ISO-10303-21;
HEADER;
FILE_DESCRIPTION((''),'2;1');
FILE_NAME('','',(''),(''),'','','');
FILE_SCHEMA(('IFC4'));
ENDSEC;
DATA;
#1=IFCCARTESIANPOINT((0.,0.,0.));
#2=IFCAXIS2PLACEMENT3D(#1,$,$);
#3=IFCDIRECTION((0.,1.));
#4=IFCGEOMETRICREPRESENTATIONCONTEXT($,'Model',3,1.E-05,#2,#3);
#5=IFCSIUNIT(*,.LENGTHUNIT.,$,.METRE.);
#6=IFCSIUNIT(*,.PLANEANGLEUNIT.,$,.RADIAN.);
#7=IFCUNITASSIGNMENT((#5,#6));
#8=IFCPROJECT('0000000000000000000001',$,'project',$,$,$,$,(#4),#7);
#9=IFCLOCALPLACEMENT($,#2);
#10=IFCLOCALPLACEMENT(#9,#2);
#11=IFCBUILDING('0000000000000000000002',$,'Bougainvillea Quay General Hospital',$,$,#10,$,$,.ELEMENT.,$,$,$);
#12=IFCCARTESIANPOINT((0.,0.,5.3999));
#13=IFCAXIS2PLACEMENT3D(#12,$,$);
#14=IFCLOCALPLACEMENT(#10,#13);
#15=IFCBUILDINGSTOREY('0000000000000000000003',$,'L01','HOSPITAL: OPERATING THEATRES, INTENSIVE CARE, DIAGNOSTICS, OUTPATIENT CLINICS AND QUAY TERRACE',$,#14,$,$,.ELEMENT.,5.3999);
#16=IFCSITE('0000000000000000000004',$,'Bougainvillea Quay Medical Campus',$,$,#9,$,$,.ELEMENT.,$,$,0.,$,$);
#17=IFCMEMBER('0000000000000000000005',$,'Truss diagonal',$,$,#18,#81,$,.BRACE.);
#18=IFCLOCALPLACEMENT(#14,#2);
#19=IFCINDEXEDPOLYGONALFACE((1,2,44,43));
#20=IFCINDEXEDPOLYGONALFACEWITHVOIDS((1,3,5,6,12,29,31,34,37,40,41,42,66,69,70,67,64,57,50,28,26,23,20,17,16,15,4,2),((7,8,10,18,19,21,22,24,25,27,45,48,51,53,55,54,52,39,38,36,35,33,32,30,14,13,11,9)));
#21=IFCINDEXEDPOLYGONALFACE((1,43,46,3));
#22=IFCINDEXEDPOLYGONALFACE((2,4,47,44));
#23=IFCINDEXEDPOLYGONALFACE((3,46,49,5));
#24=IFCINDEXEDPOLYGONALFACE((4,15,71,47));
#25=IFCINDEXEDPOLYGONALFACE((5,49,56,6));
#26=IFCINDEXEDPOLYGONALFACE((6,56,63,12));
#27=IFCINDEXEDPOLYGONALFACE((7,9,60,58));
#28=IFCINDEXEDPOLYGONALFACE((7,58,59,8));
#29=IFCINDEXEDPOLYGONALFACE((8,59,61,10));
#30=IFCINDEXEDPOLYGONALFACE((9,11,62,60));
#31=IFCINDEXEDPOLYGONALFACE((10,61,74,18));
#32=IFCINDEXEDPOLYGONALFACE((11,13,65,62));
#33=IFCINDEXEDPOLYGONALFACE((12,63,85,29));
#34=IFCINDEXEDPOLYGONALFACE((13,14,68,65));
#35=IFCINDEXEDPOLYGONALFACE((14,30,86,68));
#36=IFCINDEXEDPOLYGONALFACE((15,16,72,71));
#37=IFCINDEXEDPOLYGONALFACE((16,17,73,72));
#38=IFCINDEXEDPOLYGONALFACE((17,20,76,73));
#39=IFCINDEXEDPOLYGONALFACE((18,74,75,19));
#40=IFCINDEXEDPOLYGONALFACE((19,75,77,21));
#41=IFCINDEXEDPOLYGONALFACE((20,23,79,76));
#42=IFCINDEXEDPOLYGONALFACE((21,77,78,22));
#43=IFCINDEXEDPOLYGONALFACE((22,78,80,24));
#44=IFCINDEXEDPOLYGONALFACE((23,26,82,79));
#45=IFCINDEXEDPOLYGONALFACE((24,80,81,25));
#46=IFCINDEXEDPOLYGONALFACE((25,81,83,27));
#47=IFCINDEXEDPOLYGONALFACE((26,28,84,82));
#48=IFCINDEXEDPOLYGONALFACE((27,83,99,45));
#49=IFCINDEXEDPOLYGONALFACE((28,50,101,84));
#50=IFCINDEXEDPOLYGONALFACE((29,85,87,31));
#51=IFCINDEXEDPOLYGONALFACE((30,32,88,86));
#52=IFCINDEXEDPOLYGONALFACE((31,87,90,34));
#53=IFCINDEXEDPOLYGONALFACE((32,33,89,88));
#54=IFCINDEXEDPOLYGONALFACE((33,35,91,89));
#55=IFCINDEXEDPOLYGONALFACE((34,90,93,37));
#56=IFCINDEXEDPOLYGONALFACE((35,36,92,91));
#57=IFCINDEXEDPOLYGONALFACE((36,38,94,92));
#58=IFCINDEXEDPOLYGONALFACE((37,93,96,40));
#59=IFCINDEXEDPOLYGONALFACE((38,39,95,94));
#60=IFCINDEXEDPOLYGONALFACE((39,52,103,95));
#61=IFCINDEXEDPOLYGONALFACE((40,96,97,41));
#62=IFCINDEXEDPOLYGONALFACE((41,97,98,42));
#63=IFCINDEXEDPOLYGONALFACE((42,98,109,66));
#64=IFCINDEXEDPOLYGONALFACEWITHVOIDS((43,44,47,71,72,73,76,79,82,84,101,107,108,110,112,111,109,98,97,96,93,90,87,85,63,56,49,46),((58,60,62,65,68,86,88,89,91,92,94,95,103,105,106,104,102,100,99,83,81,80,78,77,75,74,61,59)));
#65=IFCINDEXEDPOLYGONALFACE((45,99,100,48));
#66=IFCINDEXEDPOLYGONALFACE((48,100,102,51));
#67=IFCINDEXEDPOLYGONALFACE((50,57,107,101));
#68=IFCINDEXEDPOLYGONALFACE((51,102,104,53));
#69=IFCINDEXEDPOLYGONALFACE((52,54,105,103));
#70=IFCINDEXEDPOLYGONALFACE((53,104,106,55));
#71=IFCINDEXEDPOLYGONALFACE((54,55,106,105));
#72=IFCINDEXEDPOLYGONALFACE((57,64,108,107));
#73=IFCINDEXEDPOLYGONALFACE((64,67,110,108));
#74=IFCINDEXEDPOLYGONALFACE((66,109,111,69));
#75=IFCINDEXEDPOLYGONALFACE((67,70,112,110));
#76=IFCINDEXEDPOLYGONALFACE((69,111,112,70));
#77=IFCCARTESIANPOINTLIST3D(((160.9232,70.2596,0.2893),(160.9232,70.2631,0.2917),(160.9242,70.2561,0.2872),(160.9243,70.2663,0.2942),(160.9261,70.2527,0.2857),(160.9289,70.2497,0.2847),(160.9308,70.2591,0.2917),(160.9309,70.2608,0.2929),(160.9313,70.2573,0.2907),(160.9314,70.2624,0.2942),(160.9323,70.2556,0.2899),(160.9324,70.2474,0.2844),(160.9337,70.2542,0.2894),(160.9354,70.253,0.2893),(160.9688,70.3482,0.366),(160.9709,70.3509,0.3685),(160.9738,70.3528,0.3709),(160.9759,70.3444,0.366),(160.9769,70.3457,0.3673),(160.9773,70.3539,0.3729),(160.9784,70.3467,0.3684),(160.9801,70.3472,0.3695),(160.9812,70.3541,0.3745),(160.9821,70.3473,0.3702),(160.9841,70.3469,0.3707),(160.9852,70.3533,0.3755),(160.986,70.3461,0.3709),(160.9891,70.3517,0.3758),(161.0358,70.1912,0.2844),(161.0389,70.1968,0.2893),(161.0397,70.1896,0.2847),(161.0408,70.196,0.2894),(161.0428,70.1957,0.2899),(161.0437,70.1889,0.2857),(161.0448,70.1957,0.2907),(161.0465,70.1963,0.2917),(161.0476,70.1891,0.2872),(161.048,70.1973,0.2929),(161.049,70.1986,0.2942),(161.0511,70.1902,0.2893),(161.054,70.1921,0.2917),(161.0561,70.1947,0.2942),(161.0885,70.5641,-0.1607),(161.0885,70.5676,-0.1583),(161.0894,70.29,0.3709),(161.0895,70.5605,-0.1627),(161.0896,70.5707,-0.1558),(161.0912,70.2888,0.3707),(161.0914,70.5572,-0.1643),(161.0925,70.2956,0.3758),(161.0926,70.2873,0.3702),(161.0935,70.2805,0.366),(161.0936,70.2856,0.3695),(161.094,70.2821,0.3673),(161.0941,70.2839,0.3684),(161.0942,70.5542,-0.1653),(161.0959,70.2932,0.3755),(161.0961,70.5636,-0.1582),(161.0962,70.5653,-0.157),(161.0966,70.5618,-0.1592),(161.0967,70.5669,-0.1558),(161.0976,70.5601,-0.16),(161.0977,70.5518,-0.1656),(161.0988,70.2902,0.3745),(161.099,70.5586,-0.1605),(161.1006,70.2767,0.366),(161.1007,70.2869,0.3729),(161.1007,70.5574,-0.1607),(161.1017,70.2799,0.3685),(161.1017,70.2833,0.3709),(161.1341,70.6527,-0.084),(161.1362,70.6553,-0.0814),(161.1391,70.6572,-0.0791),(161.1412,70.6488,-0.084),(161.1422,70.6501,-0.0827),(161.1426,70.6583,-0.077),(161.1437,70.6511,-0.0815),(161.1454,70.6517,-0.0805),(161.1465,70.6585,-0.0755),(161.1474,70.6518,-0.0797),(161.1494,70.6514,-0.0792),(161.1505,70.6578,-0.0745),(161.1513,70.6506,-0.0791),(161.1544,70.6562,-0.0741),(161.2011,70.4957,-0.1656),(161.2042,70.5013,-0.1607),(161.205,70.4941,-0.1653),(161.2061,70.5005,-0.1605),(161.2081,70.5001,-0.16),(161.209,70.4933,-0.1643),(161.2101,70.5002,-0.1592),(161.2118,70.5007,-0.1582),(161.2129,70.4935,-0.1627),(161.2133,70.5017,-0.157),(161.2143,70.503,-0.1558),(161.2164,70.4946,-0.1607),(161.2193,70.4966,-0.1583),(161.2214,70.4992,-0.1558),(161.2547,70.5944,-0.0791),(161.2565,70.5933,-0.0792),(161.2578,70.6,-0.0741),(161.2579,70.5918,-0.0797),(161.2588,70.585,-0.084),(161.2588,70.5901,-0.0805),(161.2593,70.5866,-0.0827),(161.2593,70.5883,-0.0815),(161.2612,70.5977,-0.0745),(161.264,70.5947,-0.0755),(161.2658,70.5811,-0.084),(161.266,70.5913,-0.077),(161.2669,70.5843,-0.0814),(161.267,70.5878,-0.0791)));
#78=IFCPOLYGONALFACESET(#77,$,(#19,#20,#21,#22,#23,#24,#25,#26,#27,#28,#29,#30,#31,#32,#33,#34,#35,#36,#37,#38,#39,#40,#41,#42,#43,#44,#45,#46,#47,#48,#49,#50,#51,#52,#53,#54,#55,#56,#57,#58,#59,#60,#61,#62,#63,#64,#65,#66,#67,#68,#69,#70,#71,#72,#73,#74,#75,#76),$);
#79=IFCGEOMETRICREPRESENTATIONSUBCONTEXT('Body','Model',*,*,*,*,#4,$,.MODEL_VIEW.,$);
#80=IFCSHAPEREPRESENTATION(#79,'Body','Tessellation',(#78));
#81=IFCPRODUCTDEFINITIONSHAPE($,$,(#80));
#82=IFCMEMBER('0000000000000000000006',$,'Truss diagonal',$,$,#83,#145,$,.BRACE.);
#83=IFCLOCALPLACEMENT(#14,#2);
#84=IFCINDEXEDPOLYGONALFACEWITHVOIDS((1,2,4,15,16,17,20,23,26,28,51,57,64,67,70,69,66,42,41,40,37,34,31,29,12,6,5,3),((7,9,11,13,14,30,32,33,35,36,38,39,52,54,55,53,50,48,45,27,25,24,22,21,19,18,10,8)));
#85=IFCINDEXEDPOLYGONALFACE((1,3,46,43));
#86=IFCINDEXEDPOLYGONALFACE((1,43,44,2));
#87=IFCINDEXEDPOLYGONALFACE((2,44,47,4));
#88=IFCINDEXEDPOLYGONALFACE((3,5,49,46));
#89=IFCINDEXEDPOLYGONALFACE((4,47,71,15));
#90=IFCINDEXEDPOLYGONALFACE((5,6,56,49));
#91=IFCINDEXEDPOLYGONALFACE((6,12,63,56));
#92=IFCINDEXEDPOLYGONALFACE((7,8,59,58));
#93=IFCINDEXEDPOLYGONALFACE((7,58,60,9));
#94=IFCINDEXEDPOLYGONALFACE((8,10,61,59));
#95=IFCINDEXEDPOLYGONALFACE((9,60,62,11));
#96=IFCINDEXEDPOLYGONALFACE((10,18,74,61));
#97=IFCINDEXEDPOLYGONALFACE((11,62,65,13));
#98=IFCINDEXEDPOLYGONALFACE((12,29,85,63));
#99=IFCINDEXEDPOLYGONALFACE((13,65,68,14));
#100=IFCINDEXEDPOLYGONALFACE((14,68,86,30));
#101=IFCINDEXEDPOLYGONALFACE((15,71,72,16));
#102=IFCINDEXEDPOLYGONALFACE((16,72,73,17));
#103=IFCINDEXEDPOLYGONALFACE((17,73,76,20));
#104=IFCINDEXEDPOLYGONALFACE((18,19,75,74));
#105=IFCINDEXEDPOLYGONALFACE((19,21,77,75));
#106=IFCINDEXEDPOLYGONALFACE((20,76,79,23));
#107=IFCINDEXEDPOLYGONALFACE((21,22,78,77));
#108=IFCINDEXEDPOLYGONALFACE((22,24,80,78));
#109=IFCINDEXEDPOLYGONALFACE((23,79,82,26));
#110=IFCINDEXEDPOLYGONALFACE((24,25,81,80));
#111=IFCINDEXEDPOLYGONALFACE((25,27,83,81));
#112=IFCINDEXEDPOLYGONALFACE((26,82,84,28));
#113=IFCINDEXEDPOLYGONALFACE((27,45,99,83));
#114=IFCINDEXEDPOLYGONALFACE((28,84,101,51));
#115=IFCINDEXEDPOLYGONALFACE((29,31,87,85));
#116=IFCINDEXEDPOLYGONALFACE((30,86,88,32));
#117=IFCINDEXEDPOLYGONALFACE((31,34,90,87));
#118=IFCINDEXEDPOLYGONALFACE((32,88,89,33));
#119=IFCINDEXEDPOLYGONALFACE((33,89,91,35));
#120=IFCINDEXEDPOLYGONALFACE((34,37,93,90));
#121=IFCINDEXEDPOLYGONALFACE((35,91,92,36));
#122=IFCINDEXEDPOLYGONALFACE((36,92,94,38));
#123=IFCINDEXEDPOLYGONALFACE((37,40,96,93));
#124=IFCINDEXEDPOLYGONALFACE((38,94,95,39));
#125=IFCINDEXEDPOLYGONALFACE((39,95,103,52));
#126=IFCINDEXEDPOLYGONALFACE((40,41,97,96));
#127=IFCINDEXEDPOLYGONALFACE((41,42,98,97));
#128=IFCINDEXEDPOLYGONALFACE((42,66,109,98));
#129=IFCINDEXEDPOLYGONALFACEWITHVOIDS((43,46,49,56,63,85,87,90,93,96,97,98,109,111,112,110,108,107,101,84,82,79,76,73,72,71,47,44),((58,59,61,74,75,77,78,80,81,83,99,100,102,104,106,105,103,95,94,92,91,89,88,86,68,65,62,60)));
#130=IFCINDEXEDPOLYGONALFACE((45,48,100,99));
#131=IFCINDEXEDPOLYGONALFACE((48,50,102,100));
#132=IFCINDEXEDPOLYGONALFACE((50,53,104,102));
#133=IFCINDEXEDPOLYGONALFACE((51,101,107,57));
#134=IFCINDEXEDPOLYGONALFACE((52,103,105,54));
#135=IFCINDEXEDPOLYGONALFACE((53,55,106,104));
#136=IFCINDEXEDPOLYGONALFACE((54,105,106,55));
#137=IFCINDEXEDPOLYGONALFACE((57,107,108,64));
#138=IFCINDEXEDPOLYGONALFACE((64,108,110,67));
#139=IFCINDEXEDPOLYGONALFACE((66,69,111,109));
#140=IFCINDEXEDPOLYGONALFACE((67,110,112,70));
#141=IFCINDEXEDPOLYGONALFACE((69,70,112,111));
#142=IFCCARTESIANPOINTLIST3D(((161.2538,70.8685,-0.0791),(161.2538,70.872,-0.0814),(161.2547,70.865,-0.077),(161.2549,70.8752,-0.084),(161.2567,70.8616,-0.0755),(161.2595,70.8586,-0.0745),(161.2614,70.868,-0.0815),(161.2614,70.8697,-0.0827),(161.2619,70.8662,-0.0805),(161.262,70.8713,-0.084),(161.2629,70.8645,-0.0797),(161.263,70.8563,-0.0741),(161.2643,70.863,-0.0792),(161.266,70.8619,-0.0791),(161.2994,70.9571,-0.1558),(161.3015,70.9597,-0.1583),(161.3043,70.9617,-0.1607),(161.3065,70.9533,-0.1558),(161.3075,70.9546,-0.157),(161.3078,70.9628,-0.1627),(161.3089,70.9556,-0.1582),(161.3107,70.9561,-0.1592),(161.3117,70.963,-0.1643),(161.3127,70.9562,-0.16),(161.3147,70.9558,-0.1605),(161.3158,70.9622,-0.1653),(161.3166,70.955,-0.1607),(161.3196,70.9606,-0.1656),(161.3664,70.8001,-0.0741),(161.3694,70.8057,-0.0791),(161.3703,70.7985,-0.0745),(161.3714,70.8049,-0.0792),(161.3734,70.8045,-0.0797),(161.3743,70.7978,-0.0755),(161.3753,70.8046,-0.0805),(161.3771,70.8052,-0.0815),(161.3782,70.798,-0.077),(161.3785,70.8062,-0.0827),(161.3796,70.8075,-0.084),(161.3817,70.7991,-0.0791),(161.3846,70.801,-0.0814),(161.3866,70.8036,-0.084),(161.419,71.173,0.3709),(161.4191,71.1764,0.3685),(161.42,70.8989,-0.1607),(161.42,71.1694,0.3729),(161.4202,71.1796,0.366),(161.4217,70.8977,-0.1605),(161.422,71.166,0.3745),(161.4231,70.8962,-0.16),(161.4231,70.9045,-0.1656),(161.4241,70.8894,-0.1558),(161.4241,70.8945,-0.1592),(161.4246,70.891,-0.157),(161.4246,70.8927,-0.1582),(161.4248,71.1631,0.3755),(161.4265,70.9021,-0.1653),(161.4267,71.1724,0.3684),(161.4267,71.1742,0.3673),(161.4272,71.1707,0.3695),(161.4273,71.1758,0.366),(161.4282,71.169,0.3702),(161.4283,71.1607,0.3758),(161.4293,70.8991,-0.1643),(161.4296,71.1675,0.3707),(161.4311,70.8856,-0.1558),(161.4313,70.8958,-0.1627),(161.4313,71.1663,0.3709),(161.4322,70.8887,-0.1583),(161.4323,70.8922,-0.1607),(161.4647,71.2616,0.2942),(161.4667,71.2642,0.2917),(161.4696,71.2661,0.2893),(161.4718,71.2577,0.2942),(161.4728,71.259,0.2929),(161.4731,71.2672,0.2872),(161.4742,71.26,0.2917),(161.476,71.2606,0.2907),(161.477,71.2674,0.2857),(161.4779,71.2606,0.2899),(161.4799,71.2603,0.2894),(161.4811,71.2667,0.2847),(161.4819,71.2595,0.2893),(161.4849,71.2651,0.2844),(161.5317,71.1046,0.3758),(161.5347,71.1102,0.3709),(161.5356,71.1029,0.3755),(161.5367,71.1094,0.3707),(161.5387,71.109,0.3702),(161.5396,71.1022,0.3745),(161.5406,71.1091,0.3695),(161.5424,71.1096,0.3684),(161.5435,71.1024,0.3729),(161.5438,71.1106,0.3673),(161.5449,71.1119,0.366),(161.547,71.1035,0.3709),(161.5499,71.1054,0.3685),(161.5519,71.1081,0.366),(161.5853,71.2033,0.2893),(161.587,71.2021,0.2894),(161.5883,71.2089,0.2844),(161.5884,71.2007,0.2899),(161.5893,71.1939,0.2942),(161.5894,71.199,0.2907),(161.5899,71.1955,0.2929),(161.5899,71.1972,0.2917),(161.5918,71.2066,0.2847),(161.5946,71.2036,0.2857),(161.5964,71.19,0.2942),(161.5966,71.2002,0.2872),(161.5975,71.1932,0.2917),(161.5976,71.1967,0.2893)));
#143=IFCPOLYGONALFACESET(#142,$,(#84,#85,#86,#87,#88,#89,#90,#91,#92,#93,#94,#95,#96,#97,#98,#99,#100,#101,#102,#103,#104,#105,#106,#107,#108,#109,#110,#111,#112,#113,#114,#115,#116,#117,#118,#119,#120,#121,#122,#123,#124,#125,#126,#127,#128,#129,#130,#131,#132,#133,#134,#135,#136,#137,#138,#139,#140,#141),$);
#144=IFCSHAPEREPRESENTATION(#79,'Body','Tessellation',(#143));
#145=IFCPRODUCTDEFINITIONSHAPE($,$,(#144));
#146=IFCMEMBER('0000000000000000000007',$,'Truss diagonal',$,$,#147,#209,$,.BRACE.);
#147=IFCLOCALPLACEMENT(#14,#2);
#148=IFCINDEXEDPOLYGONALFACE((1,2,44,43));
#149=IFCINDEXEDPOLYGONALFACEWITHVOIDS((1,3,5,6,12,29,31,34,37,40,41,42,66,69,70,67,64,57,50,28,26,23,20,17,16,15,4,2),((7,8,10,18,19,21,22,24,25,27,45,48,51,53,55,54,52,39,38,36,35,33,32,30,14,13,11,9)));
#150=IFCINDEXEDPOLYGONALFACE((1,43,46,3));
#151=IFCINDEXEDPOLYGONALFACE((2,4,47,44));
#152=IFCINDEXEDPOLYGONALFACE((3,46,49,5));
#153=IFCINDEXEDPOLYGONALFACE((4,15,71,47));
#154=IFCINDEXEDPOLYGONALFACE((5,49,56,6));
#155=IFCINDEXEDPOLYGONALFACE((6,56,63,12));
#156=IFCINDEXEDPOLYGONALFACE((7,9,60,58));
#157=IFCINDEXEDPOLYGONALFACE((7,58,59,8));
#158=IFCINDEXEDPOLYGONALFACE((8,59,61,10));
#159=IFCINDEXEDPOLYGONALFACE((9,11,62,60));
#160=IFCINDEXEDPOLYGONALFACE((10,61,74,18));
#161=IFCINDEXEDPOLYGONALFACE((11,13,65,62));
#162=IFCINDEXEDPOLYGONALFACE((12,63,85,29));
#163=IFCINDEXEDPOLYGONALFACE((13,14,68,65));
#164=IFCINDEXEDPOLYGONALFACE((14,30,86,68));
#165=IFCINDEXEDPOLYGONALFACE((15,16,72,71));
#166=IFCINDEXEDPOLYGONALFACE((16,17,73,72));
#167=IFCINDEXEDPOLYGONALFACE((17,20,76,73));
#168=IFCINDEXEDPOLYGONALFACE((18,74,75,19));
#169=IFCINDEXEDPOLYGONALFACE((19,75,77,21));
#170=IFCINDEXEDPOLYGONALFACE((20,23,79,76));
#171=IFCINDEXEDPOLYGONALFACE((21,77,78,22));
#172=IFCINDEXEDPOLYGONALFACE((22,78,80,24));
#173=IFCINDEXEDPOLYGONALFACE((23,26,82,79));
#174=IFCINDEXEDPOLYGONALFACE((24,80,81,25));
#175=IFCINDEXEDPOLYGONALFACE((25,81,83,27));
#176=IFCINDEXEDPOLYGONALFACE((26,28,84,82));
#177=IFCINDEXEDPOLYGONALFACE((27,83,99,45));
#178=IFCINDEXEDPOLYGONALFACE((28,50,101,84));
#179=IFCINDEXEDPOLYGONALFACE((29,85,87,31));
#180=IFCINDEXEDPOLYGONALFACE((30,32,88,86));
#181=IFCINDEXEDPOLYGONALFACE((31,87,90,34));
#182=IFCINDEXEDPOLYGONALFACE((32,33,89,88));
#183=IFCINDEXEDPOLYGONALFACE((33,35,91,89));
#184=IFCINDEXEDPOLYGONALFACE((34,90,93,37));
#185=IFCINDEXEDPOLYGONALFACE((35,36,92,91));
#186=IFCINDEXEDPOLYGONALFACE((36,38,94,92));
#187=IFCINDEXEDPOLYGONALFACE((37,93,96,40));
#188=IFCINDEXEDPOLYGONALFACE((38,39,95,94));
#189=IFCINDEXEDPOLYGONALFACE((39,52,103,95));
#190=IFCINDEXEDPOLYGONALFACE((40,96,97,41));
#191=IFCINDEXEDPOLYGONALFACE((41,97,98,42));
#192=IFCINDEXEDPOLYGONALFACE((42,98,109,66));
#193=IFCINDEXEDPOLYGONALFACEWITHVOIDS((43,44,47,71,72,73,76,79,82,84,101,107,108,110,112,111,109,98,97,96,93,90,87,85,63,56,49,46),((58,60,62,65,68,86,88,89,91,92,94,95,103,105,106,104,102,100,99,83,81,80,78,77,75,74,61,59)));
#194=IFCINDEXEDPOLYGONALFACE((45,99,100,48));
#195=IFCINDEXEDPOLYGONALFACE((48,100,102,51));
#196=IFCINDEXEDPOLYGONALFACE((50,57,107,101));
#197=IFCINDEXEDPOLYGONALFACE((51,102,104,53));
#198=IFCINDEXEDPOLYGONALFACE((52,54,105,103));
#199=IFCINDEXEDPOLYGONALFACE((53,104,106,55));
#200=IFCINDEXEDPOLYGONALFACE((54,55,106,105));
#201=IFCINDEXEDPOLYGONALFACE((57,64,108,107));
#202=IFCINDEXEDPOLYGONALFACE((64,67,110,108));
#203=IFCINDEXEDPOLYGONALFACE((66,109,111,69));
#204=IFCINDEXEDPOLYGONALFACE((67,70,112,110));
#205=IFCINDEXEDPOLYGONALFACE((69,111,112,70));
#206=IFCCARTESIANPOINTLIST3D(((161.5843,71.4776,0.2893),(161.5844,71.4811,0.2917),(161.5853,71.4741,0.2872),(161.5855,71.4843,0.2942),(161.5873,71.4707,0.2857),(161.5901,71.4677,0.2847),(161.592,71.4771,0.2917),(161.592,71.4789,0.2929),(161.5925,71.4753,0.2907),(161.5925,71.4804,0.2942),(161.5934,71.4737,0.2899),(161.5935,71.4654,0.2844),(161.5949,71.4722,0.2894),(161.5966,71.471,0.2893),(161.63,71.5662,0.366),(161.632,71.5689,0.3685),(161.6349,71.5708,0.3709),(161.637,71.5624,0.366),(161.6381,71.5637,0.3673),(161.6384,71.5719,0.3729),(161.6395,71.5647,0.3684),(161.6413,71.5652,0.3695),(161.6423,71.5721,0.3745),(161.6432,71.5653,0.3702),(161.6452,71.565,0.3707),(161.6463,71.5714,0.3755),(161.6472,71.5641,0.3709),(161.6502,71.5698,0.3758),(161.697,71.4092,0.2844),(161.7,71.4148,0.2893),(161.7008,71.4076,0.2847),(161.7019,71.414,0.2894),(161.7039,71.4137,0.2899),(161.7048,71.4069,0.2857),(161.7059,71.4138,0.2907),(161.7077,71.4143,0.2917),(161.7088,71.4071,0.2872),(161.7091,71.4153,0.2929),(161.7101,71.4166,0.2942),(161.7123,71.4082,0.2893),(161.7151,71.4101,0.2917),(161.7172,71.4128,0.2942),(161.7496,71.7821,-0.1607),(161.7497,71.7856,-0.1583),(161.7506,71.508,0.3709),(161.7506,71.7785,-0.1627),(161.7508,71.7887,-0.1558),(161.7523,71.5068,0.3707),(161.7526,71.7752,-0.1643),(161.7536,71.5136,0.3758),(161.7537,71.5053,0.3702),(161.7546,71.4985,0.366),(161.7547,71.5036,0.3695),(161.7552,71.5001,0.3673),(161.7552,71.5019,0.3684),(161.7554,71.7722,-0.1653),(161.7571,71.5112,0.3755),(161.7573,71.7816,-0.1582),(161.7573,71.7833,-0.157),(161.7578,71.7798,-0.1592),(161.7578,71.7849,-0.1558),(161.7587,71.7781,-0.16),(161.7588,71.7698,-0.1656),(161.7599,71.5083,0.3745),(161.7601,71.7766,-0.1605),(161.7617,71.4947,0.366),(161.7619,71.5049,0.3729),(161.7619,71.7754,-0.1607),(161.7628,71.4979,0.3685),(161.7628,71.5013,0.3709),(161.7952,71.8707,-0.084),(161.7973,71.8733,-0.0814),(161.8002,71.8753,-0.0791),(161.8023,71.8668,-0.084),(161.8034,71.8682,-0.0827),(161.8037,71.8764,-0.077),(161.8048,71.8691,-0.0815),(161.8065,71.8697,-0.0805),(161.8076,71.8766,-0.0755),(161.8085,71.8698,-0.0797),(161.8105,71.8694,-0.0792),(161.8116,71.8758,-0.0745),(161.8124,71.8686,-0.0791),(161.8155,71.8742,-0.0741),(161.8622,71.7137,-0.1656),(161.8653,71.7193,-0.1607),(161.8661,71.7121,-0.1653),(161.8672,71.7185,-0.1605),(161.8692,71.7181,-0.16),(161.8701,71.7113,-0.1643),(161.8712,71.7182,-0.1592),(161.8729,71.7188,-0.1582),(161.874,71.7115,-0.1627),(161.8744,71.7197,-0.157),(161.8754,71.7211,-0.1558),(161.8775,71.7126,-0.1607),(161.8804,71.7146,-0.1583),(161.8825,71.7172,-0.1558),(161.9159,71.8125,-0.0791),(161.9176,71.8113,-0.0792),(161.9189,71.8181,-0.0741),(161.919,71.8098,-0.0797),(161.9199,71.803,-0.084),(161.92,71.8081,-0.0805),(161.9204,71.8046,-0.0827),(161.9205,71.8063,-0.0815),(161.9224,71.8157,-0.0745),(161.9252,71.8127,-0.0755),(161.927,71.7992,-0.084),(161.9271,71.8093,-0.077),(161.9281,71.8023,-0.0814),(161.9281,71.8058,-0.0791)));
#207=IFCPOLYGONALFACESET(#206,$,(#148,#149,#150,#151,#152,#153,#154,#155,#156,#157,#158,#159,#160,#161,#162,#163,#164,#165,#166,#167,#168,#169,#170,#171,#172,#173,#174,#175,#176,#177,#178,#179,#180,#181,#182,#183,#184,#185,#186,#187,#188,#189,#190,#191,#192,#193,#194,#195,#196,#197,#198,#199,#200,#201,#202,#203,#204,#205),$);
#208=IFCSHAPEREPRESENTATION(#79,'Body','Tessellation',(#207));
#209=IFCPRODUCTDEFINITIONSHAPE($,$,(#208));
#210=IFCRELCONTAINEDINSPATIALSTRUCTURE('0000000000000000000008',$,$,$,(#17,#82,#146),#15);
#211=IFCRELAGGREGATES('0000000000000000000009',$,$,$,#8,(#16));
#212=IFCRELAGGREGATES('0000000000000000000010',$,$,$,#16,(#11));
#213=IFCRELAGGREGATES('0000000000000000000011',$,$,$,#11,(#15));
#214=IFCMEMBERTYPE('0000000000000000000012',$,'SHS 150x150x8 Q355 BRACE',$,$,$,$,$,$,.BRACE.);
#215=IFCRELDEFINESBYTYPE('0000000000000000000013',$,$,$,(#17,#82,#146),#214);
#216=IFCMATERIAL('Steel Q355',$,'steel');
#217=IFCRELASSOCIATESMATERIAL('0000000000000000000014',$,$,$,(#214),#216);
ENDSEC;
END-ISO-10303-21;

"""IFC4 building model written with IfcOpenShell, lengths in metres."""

from ifc_helpers import new_model, si_unit, direction, frame, origin, origin_2d, place, context, subcontext, project, spatial, hollow_rectangle, extrude, material, material_profile, profile_set, type_object, element, save


model = new_model("IFC4")

# Units and contexts
model_context = context("Model", 3, precision=1e-05, world=origin(), true_north=direction((0.0, 1.0)))
body_context = subcontext(model_context, "Body", "Model", "MODEL_VIEW")
ifc_project = project(units=[si_unit("LENGTHUNIT", "METRE"), si_unit("PLANEANGLEUNIT", "RADIAN")], contexts=[model_context])

# Site, building, storey
site_placement = place(None, origin())
site = spatial("IfcSite", under=ifc_project, at=site_placement, Name="Bougainvillea Quay Medical Campus", CompositionType="ELEMENT", RefElevation=0.0)
building_placement = place(site_placement, origin())
building = spatial("IfcBuilding", under=site, at=building_placement, Name="Bougainvillea Quay General Hospital", CompositionType="ELEMENT")
storey_placement = place(building_placement, frame((0.0, 0.0, 5.3999)))
storey = spatial("IfcBuildingStorey", under=building, at=storey_placement, Name="L01", Description="HOSPITAL: OPERATING THEATRES, INTENSIVE CARE, DIAGNOSTICS, OUTPATIENT CLINICS AND QUAY TERRACE", CompositionType="ELEMENT", Elevation=5.3999)

# Members
ifc_material_1 = material(Name="Steel Q355", Category="steel")
ifc_material_profile_1 = material_profile(ifc_material_1, hollow_rectangle(XDim=0.1499, YDim=0.1499, WallThickness=0.0081, InnerFilletRadius=0.0081, OuterFilletRadius=0.0161, at=origin_2d()))
ifc_profile_set_1 = profile_set([ifc_material_profile_1], Name="Steel Q355")
member_type_1 = type_object("IfcMemberType", Name="SHS 150x150x8 Q355 BRACE", PredefinedType="BRACE", material=ifc_profile_set_1)
for number, where, z_axis, x_axis, name in (
    (1, (161.1777, 70.5759, -0.1199), (-0.291065, -0.536128, 0.792369), (0.878837, -0.477123, 0.0), "Truss diagonal"),
    (2, (161.343, 70.8804, -0.1199), (0.291065, 0.536128, 0.792369), (-0.878837, 0.477123, 0.0), "Truss diagonal"),
    (3, (161.8389, 71.7939, -0.1199), (-0.291065, -0.536128, 0.792369), (0.878837, -0.477123, 0.0), "Truss diagonal"),
):
    element("IfcMember", number, at=place(storey_placement, frame(where, z_axis=z_axis, x_axis=x_axis)), inside=storey, type_object=member_type_1, Name=name, PredefinedType="BRACE", context=body_context, shape_type="SweptSolid", body=[
        extrude(hollow_rectangle(XDim=0.1499, YDim=0.1499, WallThickness=0.0081, InnerFilletRadius=0.0081, OuterFilletRadius=0.0161, at=origin_2d()), origin(), (0.0, 0.0, 1.0), 0.5679),
    ])

save(model, "model.ifc")
